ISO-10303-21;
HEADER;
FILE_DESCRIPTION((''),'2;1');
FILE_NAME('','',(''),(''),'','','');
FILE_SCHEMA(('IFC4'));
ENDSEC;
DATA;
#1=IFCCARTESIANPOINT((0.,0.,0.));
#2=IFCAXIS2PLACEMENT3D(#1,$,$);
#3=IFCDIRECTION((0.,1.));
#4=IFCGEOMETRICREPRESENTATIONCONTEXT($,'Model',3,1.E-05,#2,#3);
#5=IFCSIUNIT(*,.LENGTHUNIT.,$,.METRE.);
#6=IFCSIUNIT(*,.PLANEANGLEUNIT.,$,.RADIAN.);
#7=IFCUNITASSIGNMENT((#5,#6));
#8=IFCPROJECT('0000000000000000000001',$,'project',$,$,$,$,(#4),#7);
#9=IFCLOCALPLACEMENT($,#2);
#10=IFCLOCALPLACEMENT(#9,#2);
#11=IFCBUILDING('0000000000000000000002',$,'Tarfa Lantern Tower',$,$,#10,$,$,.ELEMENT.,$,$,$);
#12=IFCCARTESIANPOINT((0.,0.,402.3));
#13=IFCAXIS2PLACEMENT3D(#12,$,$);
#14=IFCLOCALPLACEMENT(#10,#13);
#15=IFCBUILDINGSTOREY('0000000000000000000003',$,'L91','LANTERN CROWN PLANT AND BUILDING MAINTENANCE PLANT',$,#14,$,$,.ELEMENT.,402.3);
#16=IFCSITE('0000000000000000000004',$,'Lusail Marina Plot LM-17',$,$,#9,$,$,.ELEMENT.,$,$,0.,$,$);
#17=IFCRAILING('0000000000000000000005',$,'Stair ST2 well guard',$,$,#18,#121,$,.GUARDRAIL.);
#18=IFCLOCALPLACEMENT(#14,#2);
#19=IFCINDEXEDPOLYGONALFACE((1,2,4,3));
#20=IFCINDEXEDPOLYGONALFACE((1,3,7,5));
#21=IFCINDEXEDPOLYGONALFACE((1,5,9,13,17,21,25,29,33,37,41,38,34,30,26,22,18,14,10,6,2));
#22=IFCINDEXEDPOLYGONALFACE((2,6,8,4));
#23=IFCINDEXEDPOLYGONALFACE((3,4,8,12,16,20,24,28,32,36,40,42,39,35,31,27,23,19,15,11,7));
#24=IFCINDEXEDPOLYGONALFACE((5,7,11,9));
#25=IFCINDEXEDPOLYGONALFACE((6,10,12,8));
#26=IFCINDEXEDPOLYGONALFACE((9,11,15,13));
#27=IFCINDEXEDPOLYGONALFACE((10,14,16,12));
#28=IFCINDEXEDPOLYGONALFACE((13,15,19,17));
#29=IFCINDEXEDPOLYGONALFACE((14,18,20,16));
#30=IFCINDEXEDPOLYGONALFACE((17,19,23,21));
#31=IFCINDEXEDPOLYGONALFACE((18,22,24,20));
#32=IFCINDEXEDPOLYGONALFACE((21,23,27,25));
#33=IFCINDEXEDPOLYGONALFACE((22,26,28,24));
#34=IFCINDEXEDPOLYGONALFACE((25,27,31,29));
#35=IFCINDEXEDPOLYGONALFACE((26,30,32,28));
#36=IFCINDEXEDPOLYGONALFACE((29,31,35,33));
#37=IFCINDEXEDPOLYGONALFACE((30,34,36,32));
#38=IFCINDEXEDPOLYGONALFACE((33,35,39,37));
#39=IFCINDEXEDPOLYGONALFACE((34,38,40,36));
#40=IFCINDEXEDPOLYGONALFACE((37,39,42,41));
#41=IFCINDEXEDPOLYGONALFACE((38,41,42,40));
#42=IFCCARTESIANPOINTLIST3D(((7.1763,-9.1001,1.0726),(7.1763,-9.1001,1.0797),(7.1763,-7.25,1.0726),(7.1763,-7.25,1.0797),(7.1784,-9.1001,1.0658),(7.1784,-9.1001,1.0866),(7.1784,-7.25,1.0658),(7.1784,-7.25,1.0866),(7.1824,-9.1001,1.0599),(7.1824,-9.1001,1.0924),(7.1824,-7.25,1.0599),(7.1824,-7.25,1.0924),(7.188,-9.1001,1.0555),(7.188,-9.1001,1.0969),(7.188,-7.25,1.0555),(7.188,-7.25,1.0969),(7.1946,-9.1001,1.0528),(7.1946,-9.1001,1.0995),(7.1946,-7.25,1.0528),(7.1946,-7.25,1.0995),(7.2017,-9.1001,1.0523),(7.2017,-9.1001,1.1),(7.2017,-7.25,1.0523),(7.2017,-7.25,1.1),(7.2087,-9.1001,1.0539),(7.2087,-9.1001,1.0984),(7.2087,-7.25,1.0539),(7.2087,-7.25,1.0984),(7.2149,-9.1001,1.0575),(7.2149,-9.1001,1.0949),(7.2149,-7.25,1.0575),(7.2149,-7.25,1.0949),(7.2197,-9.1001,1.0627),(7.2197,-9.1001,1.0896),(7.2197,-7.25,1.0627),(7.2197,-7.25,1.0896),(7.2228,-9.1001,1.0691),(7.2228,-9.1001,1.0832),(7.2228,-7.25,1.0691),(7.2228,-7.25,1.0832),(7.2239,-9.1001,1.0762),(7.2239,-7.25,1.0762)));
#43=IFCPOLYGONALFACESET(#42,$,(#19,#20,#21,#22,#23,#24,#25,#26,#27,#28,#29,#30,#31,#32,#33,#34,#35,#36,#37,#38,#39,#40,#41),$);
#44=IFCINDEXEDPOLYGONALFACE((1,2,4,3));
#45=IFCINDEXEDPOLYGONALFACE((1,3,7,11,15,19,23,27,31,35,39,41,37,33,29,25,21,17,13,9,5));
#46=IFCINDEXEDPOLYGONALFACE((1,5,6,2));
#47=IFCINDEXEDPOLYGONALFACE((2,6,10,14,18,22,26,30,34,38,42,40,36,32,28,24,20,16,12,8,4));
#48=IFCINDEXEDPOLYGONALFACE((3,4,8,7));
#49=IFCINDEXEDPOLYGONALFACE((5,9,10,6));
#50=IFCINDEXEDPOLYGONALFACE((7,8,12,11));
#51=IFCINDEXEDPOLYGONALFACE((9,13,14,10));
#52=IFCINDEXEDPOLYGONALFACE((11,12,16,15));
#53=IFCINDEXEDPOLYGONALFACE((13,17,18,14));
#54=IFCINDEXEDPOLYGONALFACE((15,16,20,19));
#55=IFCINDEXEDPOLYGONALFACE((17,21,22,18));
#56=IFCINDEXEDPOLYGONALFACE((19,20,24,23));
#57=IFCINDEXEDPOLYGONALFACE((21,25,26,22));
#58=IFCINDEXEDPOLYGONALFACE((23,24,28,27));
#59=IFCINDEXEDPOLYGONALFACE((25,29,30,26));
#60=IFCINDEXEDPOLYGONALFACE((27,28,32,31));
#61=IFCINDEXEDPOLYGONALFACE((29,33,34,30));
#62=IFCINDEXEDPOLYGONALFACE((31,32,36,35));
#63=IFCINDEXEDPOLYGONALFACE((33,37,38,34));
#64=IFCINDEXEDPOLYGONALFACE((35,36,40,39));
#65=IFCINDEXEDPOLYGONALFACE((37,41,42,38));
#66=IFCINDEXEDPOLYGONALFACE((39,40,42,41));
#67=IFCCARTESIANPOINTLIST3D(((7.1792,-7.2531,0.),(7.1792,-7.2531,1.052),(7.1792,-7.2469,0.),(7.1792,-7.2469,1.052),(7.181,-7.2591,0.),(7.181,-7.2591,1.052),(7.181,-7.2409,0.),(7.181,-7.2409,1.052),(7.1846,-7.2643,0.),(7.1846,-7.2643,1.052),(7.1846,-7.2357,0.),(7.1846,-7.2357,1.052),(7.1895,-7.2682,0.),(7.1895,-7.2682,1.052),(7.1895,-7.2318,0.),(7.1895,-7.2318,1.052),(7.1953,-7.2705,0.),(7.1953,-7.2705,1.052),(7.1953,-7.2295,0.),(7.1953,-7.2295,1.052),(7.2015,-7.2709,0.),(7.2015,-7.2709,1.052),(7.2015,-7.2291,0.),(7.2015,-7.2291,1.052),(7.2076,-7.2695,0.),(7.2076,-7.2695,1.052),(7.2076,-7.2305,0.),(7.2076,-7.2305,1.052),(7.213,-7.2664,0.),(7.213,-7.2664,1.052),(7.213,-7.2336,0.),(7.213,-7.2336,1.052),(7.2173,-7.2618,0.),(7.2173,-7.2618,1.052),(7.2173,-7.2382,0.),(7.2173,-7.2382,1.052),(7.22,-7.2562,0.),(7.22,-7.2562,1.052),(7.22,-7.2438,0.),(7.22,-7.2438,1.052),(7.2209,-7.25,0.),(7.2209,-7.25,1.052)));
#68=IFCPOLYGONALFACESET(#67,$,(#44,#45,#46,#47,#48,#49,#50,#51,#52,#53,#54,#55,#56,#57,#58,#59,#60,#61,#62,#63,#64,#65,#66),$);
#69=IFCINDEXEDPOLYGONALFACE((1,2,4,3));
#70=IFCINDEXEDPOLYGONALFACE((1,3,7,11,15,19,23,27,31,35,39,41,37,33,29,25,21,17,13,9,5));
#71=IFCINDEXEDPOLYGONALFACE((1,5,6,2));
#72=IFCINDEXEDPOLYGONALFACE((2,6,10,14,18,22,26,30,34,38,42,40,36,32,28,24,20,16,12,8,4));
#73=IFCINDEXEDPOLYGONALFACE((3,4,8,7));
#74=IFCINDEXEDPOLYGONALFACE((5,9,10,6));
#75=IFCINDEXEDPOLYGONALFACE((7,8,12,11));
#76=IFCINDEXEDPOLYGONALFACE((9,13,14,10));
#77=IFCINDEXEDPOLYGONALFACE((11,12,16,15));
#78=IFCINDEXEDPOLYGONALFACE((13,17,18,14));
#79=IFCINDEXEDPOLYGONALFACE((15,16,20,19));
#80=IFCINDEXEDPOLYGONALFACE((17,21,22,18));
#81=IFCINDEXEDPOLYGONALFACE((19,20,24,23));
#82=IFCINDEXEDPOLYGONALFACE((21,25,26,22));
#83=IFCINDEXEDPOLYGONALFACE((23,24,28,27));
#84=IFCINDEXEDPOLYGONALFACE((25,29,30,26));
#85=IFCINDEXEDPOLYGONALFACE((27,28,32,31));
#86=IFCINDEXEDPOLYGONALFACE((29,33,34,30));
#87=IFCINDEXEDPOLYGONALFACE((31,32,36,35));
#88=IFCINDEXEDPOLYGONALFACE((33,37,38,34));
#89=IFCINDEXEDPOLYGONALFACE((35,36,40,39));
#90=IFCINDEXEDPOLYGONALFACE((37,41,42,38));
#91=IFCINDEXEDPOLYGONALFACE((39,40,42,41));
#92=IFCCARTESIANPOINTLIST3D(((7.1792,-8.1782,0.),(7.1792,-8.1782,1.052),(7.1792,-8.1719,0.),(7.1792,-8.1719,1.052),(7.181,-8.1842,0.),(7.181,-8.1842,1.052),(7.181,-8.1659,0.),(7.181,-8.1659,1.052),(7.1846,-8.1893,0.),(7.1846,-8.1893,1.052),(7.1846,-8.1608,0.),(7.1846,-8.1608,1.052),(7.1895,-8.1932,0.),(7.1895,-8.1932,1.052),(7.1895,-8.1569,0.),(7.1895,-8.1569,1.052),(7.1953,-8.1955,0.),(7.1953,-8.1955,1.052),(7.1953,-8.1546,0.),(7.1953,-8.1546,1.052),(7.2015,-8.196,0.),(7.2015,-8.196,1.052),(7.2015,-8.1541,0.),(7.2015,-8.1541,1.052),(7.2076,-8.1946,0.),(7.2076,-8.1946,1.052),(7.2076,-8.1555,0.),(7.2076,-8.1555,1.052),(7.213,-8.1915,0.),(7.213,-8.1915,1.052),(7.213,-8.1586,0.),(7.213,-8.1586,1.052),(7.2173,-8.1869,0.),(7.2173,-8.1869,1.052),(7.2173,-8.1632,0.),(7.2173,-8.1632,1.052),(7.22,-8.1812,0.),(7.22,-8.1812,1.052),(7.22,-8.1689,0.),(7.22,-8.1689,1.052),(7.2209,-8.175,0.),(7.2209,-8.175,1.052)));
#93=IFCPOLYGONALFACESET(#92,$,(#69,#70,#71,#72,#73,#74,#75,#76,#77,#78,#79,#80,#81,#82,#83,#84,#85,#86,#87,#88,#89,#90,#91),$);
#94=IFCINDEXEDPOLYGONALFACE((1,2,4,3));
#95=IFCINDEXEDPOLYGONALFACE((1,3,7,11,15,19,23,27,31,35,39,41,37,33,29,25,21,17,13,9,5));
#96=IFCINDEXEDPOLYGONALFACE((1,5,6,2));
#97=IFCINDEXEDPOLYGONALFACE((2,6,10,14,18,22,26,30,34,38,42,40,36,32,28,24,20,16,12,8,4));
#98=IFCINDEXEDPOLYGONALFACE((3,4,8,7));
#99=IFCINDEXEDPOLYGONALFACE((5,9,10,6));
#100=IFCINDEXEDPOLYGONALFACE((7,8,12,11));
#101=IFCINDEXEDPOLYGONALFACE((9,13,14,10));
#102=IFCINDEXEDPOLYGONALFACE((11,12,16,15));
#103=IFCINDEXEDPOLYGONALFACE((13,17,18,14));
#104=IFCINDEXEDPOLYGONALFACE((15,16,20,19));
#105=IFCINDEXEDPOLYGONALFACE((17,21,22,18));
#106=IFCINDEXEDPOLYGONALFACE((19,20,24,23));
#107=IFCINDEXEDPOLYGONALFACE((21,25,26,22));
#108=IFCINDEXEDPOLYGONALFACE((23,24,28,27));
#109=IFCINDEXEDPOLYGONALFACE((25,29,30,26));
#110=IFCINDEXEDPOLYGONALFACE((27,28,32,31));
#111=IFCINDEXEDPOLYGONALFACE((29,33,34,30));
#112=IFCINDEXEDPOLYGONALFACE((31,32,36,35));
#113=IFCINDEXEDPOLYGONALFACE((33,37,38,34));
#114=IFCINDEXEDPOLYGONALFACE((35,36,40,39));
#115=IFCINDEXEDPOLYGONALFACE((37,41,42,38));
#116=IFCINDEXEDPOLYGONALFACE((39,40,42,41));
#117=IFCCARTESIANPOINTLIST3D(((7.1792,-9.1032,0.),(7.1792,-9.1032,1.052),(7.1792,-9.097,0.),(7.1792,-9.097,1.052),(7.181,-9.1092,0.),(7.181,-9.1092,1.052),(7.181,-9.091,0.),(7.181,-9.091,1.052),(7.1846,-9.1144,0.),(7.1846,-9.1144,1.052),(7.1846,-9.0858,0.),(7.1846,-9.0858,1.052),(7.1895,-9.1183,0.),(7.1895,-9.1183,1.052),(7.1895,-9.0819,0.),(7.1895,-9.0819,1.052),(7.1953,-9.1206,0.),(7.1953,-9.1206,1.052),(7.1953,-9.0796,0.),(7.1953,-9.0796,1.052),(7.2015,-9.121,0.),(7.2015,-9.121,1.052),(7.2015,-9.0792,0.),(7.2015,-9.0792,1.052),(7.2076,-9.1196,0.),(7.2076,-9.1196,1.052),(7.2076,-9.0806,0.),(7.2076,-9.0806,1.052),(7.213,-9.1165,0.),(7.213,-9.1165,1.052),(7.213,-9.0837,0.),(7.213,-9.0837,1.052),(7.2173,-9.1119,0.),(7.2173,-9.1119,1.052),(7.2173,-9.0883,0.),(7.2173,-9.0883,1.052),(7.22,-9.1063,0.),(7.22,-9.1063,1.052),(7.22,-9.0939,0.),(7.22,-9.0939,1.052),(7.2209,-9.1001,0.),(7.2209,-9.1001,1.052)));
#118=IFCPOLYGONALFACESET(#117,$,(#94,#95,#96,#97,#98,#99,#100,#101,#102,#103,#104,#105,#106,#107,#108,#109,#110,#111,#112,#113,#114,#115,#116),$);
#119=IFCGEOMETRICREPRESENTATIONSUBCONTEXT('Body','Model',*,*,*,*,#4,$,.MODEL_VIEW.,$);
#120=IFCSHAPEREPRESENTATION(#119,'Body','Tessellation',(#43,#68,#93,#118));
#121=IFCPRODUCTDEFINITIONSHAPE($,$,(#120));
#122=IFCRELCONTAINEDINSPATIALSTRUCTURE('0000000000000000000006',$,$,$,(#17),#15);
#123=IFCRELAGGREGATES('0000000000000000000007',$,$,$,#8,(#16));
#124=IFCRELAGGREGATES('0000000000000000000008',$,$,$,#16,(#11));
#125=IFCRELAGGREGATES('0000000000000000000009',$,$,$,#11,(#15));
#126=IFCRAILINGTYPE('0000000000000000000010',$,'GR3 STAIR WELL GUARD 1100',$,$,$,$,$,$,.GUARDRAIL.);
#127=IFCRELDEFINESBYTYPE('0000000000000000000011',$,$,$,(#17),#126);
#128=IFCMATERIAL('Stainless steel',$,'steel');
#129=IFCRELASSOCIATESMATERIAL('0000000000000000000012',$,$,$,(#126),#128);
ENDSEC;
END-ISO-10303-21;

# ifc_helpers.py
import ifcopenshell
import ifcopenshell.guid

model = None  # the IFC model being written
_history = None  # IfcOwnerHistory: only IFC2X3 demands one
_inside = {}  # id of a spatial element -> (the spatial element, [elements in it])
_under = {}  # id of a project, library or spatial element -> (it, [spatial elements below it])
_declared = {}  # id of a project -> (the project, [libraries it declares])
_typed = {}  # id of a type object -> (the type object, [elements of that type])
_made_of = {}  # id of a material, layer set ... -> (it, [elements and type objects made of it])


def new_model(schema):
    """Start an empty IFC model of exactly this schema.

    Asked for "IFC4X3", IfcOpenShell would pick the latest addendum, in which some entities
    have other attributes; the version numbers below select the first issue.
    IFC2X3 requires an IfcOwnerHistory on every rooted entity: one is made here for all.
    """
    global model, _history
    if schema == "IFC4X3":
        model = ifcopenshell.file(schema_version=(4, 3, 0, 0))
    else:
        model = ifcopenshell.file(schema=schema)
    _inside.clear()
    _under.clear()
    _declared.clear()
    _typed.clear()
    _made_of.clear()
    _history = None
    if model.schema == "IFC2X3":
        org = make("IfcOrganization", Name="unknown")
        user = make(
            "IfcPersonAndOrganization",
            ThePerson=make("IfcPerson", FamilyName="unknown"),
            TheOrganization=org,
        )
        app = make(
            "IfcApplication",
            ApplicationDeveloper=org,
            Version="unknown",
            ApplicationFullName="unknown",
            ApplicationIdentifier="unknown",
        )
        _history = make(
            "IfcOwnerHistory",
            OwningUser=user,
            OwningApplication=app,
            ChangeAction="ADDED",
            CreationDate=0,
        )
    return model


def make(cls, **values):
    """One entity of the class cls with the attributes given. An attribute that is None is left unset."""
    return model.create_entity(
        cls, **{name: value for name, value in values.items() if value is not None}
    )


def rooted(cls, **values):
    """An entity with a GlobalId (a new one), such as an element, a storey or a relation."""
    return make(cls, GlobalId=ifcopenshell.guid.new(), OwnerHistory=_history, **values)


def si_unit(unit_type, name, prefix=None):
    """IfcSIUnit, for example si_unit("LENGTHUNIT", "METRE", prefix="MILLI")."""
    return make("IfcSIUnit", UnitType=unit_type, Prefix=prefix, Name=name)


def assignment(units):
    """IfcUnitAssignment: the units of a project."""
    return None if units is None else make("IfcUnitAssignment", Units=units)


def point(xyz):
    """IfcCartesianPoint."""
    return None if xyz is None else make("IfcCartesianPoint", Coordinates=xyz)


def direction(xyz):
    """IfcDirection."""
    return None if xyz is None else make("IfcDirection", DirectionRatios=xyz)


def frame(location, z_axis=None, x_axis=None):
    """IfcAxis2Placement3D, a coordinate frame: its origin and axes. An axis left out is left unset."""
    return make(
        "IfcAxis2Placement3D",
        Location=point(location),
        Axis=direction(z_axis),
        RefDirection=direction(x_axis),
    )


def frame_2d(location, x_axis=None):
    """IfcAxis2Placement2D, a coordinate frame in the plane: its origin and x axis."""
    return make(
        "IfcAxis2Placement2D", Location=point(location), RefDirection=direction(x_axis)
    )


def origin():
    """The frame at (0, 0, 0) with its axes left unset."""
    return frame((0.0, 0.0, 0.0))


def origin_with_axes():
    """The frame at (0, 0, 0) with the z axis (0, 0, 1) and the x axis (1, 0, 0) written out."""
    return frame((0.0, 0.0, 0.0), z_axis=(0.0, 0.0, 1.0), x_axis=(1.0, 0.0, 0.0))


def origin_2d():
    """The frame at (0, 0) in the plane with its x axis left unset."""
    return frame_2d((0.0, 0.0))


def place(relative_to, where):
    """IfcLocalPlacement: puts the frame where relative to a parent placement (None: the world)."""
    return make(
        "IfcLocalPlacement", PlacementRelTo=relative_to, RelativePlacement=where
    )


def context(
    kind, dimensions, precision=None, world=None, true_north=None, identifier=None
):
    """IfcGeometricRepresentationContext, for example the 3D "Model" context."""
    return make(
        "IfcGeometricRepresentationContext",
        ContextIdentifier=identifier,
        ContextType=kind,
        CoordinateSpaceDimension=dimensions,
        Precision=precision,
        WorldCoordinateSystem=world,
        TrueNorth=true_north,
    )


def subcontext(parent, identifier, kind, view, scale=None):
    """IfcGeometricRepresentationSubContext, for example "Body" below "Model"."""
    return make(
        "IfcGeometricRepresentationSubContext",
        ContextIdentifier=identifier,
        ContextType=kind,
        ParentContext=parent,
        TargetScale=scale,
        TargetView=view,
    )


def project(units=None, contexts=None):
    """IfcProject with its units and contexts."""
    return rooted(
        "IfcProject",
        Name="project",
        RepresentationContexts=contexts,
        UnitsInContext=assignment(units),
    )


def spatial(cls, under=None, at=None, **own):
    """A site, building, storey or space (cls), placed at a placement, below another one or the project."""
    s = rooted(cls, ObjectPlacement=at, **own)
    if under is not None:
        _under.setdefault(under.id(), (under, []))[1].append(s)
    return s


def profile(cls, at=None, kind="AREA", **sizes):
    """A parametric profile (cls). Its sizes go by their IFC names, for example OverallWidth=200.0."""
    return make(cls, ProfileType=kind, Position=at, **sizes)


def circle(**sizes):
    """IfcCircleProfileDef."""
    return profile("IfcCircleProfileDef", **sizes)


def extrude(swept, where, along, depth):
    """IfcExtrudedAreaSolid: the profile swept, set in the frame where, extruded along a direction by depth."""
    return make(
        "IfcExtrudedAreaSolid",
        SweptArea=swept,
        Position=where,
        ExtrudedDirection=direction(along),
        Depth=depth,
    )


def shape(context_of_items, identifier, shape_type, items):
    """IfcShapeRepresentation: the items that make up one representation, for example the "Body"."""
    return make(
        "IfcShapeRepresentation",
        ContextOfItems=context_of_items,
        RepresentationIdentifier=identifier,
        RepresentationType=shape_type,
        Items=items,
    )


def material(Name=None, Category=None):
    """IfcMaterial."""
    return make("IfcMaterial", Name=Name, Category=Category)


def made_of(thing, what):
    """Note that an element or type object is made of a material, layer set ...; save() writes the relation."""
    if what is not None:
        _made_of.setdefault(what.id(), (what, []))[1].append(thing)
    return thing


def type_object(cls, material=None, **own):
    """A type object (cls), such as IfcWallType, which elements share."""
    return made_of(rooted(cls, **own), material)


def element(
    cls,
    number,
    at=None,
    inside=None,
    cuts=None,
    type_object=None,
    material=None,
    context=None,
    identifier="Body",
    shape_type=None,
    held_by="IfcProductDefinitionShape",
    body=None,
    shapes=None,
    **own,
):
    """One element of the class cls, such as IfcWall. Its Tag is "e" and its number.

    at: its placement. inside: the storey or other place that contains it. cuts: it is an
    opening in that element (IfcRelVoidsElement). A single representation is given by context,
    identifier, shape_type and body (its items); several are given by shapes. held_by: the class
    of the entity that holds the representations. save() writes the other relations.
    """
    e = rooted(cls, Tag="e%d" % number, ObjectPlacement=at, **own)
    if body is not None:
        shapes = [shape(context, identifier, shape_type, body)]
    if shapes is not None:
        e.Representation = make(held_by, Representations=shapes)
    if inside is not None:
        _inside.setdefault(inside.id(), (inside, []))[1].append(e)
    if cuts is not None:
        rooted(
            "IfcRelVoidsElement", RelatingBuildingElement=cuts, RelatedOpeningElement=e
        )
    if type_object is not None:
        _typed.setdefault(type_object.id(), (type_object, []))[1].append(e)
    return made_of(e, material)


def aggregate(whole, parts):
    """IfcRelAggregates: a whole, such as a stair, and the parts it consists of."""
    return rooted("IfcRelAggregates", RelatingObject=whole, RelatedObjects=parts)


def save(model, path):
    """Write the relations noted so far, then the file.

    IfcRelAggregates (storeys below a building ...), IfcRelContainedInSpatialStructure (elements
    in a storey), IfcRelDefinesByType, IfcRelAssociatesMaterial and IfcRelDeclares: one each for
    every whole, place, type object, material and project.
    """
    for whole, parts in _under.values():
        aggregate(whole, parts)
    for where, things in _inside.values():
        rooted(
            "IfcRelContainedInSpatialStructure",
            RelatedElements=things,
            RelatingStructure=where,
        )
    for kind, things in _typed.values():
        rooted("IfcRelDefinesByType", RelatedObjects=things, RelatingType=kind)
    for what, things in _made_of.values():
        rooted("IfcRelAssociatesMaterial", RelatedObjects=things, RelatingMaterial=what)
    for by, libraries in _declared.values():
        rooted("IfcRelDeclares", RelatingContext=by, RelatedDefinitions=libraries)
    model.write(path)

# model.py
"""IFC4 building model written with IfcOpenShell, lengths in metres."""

from ifc_helpers import new_model, si_unit, direction, frame, origin, origin_with_axes, origin_2d, place, context, subcontext, project, spatial, circle, extrude, material, type_object, element, save


model = new_model("IFC4")

# Units and contexts
model_context = context("Model", 3, precision=1e-05, world=origin(), true_north=direction((0.0, 1.0)))
body_context = subcontext(model_context, "Body", "Model", "MODEL_VIEW")
ifc_project = project(units=[si_unit("LENGTHUNIT", "METRE"), si_unit("PLANEANGLEUNIT", "RADIAN")], contexts=[model_context])

# Site, building, storey
site_placement = place(None, origin())
site = spatial("IfcSite", under=ifc_project, at=site_placement, Name="Lusail Marina Plot LM-17", CompositionType="ELEMENT", RefElevation=0.0)
building_placement = place(site_placement, origin())
building = spatial("IfcBuilding", under=site, at=building_placement, Name="Tarfa Lantern Tower", CompositionType="ELEMENT")
storey_placement = place(building_placement, frame((0.0, 0.0, 402.3)))
storey = spatial("IfcBuildingStorey", under=building, at=storey_placement, Name="L91", Description="LANTERN CROWN PLANT AND BUILDING MAINTENANCE PLANT", CompositionType="ELEMENT", Elevation=402.3)

# Railing
ifc_material_1 = material(Name="Stainless steel", Category="steel")
railing_type = type_object("IfcRailingType", Name="GR3 STAIR WELL GUARD 1100", PredefinedType="GUARDRAIL", material=ifc_material_1)
railing_placement = place(storey_placement, frame((7.2, -7.25, 0.0)))
element("IfcRailing", 1, at=railing_placement, inside=storey, type_object=railing_type, Name="Stair ST2 well guard", PredefinedType="GUARDRAIL", context=body_context, shape_type="SweptSolid", body=[
    extrude(circle(Radius=0.0239, at=origin_2d()), frame((0.0, 0.0, 1.0762), z_axis=(0.0, -1.0, 0.0), x_axis=(1.0, 0.0, 0.0)), (0.0, 0.0, 1.0), 1.8501),
    extrude(circle(Radius=0.021, at=origin_2d()), origin_with_axes(), (0.0, 0.0, 1.0), 1.052),
    extrude(circle(Radius=0.021, at=origin_2d()), frame((0.0, -0.925, 0.0), z_axis=(0.0, 0.0, 1.0), x_axis=(1.0, 0.0, 0.0)), (0.0, 0.0, 1.0), 1.052),
    extrude(circle(Radius=0.021, at=origin_2d()), frame((0.0, -1.8501, 0.0), z_axis=(0.0, 0.0, 1.0), x_axis=(1.0, 0.0, 0.0)), (0.0, 0.0, 1.0), 1.052),
])

save(model, "model.ifc")
